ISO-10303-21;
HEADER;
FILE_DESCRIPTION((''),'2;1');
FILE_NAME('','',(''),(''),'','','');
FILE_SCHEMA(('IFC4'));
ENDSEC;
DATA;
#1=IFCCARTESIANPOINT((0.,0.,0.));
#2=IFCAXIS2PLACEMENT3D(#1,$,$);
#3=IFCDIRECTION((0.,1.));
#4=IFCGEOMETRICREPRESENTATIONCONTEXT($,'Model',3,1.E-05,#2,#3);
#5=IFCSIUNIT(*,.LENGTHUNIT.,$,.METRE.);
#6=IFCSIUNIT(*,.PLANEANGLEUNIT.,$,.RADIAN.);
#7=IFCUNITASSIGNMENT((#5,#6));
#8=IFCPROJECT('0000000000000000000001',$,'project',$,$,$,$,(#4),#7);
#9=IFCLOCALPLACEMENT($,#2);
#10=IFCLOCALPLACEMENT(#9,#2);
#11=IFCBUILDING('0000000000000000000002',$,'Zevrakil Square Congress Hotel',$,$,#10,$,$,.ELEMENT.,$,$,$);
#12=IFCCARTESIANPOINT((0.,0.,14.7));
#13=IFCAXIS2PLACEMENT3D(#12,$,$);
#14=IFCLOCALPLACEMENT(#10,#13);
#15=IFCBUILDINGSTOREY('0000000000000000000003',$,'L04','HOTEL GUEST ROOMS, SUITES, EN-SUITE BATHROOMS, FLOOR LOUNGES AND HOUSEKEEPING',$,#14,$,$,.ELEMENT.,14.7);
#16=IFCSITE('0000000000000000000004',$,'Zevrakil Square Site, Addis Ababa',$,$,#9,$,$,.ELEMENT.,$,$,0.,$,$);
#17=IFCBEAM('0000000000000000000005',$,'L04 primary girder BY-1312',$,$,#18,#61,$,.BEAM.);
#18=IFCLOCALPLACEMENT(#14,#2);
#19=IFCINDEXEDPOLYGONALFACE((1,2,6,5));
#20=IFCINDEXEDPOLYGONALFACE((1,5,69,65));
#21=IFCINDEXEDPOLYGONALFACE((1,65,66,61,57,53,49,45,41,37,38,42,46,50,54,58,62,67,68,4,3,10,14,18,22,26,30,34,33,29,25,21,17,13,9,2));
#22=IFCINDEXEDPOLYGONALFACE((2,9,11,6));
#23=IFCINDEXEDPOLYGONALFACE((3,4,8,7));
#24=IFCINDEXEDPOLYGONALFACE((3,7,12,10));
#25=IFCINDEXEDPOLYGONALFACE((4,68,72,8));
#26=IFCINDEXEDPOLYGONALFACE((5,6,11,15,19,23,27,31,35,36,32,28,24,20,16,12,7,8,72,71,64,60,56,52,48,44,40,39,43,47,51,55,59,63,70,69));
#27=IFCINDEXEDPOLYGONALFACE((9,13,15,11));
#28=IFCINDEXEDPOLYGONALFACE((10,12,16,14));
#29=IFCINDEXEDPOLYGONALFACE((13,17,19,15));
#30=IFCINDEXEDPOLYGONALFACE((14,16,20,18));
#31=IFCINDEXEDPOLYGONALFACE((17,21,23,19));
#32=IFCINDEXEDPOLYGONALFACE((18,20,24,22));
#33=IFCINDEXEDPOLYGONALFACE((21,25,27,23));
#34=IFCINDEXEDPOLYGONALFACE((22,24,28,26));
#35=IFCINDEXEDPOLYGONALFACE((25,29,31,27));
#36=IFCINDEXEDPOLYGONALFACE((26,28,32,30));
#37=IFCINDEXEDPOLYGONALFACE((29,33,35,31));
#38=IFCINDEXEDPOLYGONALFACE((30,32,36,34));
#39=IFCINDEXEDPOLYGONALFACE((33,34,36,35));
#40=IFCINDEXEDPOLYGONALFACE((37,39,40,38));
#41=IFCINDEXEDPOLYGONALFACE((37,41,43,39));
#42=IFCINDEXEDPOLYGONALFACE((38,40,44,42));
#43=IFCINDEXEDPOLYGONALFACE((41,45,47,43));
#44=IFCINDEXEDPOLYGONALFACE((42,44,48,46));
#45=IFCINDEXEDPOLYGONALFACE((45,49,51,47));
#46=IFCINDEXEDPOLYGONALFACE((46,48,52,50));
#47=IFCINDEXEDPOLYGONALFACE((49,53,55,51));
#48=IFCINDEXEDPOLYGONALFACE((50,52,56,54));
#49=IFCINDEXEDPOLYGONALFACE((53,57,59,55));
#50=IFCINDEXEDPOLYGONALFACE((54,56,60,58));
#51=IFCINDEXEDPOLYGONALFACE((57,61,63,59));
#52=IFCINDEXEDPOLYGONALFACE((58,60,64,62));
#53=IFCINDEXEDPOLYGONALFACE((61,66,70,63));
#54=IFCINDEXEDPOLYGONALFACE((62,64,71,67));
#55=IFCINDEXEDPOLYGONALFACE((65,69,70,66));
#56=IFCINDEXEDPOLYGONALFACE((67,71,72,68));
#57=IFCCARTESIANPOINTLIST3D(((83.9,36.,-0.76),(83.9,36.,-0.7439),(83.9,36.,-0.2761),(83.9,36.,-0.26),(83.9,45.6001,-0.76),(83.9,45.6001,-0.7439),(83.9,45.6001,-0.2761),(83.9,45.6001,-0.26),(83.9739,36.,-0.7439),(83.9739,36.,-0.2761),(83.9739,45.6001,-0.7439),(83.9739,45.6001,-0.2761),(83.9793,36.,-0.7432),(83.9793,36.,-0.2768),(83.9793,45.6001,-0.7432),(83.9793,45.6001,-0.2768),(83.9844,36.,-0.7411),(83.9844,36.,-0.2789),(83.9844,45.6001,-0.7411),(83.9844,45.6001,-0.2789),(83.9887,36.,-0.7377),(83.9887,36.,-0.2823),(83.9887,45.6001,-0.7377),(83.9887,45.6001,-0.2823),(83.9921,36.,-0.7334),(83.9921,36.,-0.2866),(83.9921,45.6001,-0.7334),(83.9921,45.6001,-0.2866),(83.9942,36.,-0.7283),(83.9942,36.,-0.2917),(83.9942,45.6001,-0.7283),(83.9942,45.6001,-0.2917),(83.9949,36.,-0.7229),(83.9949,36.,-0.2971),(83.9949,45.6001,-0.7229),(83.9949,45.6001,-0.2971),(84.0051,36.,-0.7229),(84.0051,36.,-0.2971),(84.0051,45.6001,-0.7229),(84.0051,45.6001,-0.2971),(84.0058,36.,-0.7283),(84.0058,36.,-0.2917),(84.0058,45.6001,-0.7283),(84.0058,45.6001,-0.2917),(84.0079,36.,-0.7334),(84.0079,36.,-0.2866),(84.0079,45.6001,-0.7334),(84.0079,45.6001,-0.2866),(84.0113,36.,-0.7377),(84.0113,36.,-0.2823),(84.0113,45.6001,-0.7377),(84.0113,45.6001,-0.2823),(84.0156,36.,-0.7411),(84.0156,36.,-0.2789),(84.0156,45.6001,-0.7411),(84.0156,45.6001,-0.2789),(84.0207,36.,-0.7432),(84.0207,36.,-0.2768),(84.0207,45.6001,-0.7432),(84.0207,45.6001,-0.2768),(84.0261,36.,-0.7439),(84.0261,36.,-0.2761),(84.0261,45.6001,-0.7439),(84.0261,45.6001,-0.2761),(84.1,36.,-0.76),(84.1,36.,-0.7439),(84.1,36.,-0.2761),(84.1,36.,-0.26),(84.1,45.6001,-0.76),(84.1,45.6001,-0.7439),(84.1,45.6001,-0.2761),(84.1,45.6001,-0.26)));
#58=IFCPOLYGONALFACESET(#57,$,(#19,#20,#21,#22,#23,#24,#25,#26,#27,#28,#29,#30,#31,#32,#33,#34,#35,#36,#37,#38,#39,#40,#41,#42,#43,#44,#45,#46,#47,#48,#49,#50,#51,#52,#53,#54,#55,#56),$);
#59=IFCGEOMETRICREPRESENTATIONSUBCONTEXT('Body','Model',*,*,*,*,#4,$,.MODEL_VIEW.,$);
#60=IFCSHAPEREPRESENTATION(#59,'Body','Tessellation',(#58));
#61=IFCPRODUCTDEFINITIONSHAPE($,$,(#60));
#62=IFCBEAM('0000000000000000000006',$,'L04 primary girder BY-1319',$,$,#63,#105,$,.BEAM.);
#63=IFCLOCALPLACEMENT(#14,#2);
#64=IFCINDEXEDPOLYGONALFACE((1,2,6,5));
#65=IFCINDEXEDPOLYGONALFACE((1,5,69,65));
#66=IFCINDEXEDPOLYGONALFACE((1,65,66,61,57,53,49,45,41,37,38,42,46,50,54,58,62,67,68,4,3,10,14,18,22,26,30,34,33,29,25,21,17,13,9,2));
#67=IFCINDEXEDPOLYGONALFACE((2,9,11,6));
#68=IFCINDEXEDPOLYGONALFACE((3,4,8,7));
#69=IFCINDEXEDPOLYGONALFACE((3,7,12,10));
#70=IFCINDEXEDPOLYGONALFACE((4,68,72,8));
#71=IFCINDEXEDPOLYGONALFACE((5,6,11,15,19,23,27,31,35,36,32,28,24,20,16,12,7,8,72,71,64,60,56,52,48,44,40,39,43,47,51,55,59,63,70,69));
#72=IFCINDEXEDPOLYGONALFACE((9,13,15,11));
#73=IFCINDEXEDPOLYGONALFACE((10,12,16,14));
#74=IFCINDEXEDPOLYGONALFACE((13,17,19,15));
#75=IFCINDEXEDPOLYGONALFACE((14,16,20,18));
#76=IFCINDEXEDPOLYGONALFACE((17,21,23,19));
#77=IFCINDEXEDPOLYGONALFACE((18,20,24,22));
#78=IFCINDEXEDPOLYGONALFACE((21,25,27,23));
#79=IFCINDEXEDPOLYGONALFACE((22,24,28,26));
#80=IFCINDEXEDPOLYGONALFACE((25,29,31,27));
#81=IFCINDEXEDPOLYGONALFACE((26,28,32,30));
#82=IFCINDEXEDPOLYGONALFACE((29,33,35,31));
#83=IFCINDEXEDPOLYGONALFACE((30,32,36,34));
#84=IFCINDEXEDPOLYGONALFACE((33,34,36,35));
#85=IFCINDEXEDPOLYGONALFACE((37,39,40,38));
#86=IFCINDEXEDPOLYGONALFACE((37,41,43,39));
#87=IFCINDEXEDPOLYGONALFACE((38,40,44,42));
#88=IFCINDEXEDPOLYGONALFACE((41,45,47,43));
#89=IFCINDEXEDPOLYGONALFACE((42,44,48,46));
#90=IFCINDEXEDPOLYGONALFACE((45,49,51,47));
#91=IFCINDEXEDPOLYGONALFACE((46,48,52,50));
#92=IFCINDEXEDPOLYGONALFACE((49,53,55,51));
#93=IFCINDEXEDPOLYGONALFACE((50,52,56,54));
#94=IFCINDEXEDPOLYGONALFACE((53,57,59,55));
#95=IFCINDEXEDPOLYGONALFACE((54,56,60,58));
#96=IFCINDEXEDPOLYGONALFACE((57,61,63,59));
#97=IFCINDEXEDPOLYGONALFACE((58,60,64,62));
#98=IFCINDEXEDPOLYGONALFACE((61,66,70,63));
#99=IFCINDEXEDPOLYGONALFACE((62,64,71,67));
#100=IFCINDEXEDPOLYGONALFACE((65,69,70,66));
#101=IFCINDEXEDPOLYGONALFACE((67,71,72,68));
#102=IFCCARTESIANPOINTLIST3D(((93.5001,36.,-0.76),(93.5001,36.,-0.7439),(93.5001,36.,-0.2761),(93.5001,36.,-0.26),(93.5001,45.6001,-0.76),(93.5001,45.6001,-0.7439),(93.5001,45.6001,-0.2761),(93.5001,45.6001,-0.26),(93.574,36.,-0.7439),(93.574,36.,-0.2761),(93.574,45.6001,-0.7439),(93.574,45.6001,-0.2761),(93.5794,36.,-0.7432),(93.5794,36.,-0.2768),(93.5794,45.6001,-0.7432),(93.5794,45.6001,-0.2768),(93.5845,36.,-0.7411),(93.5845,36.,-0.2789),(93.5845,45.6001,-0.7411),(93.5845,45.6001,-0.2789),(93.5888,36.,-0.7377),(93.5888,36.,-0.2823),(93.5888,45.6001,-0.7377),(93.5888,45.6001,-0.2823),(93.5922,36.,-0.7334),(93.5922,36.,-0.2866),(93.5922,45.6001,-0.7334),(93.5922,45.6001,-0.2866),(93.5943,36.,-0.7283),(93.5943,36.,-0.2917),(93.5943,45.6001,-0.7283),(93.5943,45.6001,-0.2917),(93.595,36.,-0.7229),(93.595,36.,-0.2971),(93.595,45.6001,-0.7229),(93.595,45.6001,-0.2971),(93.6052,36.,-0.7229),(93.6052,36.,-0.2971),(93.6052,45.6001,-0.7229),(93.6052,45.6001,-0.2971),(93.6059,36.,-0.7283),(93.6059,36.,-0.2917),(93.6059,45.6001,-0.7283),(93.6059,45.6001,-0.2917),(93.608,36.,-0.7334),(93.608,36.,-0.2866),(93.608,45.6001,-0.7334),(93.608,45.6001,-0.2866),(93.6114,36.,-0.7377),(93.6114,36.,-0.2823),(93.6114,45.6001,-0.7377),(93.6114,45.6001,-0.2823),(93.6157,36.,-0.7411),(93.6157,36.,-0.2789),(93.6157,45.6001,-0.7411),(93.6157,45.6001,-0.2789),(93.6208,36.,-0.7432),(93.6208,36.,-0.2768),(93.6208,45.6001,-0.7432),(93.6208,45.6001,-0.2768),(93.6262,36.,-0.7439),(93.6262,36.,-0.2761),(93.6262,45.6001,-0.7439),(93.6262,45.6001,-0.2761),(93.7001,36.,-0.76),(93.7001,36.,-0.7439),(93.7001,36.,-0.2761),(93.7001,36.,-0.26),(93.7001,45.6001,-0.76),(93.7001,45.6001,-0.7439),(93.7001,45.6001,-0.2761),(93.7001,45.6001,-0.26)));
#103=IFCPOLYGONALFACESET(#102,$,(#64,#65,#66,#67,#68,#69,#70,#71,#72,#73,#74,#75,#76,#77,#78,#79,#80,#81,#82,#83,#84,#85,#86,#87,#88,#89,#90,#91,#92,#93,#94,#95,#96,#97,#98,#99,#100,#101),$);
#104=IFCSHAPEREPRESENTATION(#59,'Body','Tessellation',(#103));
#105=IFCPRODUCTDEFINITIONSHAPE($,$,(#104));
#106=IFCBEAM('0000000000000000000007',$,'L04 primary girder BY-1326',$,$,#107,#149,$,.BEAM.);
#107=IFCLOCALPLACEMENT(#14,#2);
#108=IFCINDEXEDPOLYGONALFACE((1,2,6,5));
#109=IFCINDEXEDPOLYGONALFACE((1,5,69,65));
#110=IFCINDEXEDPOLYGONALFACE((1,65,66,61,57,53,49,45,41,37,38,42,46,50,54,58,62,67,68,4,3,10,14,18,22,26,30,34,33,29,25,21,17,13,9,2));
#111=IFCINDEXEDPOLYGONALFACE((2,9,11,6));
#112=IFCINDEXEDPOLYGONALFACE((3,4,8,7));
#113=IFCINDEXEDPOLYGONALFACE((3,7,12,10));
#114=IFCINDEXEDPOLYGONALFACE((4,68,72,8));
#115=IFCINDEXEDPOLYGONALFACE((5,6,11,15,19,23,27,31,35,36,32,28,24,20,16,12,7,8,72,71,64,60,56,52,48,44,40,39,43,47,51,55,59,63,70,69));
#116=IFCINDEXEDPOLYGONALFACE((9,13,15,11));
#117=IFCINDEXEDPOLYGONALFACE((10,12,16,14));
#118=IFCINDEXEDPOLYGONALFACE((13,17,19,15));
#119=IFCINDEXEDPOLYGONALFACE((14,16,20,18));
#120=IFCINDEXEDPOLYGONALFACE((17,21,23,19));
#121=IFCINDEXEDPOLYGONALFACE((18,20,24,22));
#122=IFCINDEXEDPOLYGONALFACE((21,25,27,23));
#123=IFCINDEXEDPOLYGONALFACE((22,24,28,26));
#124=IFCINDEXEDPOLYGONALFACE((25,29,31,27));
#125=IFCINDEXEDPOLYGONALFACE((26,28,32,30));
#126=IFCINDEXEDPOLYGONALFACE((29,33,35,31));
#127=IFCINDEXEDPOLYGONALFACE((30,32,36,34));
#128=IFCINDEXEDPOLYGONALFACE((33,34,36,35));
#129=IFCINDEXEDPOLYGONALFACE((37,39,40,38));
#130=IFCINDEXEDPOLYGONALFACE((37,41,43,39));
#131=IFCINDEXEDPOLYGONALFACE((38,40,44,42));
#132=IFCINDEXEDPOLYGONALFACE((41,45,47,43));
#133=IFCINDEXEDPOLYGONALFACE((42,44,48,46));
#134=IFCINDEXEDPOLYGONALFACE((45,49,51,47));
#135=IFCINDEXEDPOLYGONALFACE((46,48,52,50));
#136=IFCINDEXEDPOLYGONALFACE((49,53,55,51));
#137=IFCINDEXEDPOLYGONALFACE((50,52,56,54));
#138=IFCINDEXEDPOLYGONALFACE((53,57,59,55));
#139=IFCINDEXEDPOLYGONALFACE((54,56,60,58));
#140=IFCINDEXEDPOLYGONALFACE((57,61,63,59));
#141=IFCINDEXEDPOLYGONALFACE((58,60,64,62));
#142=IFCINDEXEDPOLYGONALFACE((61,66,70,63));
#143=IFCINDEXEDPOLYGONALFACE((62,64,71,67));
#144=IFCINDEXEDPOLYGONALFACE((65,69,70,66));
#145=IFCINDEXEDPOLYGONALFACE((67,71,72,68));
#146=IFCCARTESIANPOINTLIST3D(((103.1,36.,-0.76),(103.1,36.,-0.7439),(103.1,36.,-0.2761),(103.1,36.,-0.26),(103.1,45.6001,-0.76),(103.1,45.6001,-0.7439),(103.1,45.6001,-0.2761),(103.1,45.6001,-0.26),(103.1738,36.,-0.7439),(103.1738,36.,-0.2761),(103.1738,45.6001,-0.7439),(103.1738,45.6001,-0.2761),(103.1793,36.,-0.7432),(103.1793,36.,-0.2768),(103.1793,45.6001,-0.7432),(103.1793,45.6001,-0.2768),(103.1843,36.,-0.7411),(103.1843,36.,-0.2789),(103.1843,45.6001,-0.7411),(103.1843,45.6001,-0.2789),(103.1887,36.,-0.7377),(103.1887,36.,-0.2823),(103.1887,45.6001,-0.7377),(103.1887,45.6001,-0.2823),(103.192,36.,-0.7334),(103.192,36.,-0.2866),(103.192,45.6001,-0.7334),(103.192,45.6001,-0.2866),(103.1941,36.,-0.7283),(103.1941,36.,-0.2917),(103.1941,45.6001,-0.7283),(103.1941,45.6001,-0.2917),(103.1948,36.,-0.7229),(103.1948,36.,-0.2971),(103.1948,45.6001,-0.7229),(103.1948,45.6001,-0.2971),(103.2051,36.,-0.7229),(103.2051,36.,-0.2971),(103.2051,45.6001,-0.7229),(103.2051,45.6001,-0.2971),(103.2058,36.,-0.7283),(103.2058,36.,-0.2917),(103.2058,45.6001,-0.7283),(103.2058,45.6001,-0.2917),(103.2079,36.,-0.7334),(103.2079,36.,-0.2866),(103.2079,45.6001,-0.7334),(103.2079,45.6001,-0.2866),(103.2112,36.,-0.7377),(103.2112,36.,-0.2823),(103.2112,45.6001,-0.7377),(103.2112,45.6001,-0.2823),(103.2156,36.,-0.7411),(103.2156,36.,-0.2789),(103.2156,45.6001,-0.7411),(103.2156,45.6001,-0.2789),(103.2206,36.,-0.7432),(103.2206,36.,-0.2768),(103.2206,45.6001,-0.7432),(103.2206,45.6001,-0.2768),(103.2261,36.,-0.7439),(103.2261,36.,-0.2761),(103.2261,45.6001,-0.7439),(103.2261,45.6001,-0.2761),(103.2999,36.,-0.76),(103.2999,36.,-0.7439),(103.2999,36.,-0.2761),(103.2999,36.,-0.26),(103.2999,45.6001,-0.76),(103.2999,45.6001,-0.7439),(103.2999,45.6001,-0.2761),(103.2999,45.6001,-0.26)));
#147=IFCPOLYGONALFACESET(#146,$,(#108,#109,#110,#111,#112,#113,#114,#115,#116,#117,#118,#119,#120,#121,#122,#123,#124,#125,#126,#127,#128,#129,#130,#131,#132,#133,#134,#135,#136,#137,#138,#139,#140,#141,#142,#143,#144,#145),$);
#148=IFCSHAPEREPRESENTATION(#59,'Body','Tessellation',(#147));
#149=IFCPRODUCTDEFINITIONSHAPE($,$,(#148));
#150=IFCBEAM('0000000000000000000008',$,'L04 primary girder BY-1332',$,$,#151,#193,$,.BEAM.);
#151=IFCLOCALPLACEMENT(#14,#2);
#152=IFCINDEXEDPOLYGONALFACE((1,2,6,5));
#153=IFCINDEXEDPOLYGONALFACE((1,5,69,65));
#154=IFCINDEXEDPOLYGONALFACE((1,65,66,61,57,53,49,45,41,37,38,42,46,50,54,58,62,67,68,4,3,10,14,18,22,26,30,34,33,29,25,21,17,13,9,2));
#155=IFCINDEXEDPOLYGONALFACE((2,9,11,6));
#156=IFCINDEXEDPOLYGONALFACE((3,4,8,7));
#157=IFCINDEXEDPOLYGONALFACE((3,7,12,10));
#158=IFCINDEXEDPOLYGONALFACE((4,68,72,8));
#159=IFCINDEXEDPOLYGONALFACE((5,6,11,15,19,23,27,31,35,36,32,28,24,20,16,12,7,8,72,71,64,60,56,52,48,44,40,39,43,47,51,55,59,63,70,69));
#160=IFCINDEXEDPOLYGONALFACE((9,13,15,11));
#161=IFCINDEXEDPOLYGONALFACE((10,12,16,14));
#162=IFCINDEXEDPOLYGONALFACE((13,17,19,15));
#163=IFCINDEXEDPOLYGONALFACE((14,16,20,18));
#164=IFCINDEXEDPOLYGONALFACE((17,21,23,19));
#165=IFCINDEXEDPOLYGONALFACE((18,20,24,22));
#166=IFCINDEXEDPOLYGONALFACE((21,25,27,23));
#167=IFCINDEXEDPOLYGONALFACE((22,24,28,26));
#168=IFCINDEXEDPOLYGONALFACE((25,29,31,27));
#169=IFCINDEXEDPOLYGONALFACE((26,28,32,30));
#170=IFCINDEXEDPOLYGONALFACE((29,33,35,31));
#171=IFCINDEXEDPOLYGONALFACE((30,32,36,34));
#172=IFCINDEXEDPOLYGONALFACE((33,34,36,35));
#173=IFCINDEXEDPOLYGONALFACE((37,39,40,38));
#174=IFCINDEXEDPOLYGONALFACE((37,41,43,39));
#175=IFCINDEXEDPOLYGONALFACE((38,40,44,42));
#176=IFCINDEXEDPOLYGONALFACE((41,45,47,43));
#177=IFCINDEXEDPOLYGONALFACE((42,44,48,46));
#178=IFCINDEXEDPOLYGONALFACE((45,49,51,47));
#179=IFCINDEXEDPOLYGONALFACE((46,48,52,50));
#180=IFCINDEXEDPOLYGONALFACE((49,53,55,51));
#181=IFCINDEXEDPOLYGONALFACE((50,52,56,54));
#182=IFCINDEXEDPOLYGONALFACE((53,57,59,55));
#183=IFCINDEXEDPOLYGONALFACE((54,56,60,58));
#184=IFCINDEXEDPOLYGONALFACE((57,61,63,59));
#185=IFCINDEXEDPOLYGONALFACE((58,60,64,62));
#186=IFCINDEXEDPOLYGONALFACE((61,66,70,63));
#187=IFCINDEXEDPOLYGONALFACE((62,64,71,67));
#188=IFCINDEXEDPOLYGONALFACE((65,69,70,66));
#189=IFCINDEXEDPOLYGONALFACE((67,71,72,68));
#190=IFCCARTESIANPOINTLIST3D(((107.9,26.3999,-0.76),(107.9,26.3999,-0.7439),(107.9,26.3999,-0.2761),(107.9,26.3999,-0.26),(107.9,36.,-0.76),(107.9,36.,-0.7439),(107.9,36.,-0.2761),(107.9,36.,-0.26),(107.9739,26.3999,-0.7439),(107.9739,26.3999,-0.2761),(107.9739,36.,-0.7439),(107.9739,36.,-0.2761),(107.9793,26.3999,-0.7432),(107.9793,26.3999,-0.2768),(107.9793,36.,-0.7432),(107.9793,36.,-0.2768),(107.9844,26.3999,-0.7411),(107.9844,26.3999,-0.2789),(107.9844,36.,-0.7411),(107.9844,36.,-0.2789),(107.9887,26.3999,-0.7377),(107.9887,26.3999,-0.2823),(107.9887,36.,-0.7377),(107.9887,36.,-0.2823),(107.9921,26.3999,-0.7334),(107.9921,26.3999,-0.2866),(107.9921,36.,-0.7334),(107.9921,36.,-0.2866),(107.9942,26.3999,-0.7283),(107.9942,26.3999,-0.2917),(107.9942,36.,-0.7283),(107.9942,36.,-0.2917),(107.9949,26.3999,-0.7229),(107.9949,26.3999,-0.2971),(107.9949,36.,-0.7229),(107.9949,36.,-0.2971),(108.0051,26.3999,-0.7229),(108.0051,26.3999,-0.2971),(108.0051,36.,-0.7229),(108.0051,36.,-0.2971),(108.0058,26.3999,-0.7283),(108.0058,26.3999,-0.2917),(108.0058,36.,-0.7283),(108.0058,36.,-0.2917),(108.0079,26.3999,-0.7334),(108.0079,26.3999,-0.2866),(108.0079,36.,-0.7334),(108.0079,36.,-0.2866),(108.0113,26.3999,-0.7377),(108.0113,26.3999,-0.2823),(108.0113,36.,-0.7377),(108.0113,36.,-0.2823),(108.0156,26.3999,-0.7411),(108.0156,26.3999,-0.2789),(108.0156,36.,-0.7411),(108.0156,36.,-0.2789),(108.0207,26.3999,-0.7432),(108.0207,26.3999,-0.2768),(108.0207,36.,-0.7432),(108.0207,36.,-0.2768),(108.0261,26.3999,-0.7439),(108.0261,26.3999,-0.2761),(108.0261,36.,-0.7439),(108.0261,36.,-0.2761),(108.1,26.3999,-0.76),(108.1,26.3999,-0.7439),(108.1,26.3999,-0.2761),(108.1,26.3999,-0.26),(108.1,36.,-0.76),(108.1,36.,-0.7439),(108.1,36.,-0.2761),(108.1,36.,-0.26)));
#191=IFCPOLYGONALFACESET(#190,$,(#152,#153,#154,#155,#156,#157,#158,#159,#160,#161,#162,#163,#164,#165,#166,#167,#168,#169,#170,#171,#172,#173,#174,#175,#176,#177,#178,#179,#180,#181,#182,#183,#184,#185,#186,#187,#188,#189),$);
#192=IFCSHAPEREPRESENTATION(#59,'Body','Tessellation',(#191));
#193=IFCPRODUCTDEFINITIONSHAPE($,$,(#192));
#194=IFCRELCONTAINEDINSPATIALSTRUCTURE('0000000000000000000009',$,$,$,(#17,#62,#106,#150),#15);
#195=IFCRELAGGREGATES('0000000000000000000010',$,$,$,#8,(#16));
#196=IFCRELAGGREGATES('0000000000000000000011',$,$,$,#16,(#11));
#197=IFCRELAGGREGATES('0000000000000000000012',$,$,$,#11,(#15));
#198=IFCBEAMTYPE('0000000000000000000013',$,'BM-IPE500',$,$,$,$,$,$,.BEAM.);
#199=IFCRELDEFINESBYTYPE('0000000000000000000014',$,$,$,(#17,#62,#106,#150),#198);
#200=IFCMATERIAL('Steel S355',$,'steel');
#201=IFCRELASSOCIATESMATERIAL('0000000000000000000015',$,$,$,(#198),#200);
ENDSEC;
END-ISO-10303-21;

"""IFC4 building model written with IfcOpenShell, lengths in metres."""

from ifc_helpers import new_model, si_unit, direction, frame, origin, origin_2d, place, context, subcontext, project, spatial, i_section, extrude, material, material_profile, profile_set, type_object, element, save


model = new_model("IFC4")

# Units and contexts
model_context = context("Model", 3, precision=1e-05, world=origin(), true_north=direction((0.0, 1.0)))
body_context = subcontext(model_context, "Body", "Model", "MODEL_VIEW")
ifc_project = project(units=[si_unit("LENGTHUNIT", "METRE"), si_unit("PLANEANGLEUNIT", "RADIAN")], contexts=[model_context])

# Site, building, storey
site_placement = place(None, origin())
site = spatial("IfcSite", under=ifc_project, at=site_placement, Name="Zevrakil Square Site, Addis Ababa", CompositionType="ELEMENT", RefElevation=0.0)
building_placement = place(site_placement, origin())
building = spatial("IfcBuilding", under=site, at=building_placement, Name="Zevrakil Square Congress Hotel", CompositionType="ELEMENT")
storey_placement = place(building_placement, frame((0.0, 0.0, 14.7)))
storey = spatial("IfcBuildingStorey", under=building, at=storey_placement, Name="L04", Description="HOTEL GUEST ROOMS, SUITES, EN-SUITE BATHROOMS, FLOOR LOUNGES AND HOUSEKEEPING", CompositionType="ELEMENT", Elevation=14.7)

# Beams
ifc_material_1 = material(Name="Steel S355", Category="steel")
ifc_material_profile_1 = material_profile(ifc_material_1, i_section(OverallWidth=0.2, OverallDepth=0.5, WebThickness=0.0103, FlangeThickness=0.0161, FilletRadius=0.021, at=origin_2d()), Name="IPE 500")
ifc_profile_set_1 = profile_set([ifc_material_profile_1], Name="Steel S355")
beam_type_1 = type_object("IfcBeamType", Name="BM-IPE500", PredefinedType="BEAM", material=ifc_profile_set_1)
for number, where, z_axis, x_axis, name in (
    (1, (84.0, 36.0, -0.51), (0.0, 1.0, 0.0), (-1.0, 0.0, 0.0), "L04 primary girder BY-1312"),
    (2, (93.6001, 36.0, -0.51), (0.0, 1.0, 0.0), (-1.0, 0.0, 0.0), "L04 primary girder BY-1319"),
    (3, (103.2, 36.0, -0.51), (0.0, 1.0, 0.0), (-1.0, 0.0, 0.0), "L04 primary girder BY-1326"),
    (4, (108.0, 26.3999, -0.51), (0.0, 1.0, 0.0), (-1.0, 0.0, 0.0), "L04 primary girder BY-1332"),
):
    element("IfcBeam", number, at=place(storey_placement, frame(where, z_axis=z_axis, x_axis=x_axis)), inside=storey, type_object=beam_type_1, Name=name, PredefinedType="BEAM", context=body_context, shape_type="SweptSolid", body=[
        extrude(i_section(OverallWidth=0.2, OverallDepth=0.5, WebThickness=0.0103, FlangeThickness=0.0161, FilletRadius=0.021, at=origin_2d()), origin(), (0.0, 0.0, 1.0), 9.6001),
    ])

save(model, "model.ifc")
